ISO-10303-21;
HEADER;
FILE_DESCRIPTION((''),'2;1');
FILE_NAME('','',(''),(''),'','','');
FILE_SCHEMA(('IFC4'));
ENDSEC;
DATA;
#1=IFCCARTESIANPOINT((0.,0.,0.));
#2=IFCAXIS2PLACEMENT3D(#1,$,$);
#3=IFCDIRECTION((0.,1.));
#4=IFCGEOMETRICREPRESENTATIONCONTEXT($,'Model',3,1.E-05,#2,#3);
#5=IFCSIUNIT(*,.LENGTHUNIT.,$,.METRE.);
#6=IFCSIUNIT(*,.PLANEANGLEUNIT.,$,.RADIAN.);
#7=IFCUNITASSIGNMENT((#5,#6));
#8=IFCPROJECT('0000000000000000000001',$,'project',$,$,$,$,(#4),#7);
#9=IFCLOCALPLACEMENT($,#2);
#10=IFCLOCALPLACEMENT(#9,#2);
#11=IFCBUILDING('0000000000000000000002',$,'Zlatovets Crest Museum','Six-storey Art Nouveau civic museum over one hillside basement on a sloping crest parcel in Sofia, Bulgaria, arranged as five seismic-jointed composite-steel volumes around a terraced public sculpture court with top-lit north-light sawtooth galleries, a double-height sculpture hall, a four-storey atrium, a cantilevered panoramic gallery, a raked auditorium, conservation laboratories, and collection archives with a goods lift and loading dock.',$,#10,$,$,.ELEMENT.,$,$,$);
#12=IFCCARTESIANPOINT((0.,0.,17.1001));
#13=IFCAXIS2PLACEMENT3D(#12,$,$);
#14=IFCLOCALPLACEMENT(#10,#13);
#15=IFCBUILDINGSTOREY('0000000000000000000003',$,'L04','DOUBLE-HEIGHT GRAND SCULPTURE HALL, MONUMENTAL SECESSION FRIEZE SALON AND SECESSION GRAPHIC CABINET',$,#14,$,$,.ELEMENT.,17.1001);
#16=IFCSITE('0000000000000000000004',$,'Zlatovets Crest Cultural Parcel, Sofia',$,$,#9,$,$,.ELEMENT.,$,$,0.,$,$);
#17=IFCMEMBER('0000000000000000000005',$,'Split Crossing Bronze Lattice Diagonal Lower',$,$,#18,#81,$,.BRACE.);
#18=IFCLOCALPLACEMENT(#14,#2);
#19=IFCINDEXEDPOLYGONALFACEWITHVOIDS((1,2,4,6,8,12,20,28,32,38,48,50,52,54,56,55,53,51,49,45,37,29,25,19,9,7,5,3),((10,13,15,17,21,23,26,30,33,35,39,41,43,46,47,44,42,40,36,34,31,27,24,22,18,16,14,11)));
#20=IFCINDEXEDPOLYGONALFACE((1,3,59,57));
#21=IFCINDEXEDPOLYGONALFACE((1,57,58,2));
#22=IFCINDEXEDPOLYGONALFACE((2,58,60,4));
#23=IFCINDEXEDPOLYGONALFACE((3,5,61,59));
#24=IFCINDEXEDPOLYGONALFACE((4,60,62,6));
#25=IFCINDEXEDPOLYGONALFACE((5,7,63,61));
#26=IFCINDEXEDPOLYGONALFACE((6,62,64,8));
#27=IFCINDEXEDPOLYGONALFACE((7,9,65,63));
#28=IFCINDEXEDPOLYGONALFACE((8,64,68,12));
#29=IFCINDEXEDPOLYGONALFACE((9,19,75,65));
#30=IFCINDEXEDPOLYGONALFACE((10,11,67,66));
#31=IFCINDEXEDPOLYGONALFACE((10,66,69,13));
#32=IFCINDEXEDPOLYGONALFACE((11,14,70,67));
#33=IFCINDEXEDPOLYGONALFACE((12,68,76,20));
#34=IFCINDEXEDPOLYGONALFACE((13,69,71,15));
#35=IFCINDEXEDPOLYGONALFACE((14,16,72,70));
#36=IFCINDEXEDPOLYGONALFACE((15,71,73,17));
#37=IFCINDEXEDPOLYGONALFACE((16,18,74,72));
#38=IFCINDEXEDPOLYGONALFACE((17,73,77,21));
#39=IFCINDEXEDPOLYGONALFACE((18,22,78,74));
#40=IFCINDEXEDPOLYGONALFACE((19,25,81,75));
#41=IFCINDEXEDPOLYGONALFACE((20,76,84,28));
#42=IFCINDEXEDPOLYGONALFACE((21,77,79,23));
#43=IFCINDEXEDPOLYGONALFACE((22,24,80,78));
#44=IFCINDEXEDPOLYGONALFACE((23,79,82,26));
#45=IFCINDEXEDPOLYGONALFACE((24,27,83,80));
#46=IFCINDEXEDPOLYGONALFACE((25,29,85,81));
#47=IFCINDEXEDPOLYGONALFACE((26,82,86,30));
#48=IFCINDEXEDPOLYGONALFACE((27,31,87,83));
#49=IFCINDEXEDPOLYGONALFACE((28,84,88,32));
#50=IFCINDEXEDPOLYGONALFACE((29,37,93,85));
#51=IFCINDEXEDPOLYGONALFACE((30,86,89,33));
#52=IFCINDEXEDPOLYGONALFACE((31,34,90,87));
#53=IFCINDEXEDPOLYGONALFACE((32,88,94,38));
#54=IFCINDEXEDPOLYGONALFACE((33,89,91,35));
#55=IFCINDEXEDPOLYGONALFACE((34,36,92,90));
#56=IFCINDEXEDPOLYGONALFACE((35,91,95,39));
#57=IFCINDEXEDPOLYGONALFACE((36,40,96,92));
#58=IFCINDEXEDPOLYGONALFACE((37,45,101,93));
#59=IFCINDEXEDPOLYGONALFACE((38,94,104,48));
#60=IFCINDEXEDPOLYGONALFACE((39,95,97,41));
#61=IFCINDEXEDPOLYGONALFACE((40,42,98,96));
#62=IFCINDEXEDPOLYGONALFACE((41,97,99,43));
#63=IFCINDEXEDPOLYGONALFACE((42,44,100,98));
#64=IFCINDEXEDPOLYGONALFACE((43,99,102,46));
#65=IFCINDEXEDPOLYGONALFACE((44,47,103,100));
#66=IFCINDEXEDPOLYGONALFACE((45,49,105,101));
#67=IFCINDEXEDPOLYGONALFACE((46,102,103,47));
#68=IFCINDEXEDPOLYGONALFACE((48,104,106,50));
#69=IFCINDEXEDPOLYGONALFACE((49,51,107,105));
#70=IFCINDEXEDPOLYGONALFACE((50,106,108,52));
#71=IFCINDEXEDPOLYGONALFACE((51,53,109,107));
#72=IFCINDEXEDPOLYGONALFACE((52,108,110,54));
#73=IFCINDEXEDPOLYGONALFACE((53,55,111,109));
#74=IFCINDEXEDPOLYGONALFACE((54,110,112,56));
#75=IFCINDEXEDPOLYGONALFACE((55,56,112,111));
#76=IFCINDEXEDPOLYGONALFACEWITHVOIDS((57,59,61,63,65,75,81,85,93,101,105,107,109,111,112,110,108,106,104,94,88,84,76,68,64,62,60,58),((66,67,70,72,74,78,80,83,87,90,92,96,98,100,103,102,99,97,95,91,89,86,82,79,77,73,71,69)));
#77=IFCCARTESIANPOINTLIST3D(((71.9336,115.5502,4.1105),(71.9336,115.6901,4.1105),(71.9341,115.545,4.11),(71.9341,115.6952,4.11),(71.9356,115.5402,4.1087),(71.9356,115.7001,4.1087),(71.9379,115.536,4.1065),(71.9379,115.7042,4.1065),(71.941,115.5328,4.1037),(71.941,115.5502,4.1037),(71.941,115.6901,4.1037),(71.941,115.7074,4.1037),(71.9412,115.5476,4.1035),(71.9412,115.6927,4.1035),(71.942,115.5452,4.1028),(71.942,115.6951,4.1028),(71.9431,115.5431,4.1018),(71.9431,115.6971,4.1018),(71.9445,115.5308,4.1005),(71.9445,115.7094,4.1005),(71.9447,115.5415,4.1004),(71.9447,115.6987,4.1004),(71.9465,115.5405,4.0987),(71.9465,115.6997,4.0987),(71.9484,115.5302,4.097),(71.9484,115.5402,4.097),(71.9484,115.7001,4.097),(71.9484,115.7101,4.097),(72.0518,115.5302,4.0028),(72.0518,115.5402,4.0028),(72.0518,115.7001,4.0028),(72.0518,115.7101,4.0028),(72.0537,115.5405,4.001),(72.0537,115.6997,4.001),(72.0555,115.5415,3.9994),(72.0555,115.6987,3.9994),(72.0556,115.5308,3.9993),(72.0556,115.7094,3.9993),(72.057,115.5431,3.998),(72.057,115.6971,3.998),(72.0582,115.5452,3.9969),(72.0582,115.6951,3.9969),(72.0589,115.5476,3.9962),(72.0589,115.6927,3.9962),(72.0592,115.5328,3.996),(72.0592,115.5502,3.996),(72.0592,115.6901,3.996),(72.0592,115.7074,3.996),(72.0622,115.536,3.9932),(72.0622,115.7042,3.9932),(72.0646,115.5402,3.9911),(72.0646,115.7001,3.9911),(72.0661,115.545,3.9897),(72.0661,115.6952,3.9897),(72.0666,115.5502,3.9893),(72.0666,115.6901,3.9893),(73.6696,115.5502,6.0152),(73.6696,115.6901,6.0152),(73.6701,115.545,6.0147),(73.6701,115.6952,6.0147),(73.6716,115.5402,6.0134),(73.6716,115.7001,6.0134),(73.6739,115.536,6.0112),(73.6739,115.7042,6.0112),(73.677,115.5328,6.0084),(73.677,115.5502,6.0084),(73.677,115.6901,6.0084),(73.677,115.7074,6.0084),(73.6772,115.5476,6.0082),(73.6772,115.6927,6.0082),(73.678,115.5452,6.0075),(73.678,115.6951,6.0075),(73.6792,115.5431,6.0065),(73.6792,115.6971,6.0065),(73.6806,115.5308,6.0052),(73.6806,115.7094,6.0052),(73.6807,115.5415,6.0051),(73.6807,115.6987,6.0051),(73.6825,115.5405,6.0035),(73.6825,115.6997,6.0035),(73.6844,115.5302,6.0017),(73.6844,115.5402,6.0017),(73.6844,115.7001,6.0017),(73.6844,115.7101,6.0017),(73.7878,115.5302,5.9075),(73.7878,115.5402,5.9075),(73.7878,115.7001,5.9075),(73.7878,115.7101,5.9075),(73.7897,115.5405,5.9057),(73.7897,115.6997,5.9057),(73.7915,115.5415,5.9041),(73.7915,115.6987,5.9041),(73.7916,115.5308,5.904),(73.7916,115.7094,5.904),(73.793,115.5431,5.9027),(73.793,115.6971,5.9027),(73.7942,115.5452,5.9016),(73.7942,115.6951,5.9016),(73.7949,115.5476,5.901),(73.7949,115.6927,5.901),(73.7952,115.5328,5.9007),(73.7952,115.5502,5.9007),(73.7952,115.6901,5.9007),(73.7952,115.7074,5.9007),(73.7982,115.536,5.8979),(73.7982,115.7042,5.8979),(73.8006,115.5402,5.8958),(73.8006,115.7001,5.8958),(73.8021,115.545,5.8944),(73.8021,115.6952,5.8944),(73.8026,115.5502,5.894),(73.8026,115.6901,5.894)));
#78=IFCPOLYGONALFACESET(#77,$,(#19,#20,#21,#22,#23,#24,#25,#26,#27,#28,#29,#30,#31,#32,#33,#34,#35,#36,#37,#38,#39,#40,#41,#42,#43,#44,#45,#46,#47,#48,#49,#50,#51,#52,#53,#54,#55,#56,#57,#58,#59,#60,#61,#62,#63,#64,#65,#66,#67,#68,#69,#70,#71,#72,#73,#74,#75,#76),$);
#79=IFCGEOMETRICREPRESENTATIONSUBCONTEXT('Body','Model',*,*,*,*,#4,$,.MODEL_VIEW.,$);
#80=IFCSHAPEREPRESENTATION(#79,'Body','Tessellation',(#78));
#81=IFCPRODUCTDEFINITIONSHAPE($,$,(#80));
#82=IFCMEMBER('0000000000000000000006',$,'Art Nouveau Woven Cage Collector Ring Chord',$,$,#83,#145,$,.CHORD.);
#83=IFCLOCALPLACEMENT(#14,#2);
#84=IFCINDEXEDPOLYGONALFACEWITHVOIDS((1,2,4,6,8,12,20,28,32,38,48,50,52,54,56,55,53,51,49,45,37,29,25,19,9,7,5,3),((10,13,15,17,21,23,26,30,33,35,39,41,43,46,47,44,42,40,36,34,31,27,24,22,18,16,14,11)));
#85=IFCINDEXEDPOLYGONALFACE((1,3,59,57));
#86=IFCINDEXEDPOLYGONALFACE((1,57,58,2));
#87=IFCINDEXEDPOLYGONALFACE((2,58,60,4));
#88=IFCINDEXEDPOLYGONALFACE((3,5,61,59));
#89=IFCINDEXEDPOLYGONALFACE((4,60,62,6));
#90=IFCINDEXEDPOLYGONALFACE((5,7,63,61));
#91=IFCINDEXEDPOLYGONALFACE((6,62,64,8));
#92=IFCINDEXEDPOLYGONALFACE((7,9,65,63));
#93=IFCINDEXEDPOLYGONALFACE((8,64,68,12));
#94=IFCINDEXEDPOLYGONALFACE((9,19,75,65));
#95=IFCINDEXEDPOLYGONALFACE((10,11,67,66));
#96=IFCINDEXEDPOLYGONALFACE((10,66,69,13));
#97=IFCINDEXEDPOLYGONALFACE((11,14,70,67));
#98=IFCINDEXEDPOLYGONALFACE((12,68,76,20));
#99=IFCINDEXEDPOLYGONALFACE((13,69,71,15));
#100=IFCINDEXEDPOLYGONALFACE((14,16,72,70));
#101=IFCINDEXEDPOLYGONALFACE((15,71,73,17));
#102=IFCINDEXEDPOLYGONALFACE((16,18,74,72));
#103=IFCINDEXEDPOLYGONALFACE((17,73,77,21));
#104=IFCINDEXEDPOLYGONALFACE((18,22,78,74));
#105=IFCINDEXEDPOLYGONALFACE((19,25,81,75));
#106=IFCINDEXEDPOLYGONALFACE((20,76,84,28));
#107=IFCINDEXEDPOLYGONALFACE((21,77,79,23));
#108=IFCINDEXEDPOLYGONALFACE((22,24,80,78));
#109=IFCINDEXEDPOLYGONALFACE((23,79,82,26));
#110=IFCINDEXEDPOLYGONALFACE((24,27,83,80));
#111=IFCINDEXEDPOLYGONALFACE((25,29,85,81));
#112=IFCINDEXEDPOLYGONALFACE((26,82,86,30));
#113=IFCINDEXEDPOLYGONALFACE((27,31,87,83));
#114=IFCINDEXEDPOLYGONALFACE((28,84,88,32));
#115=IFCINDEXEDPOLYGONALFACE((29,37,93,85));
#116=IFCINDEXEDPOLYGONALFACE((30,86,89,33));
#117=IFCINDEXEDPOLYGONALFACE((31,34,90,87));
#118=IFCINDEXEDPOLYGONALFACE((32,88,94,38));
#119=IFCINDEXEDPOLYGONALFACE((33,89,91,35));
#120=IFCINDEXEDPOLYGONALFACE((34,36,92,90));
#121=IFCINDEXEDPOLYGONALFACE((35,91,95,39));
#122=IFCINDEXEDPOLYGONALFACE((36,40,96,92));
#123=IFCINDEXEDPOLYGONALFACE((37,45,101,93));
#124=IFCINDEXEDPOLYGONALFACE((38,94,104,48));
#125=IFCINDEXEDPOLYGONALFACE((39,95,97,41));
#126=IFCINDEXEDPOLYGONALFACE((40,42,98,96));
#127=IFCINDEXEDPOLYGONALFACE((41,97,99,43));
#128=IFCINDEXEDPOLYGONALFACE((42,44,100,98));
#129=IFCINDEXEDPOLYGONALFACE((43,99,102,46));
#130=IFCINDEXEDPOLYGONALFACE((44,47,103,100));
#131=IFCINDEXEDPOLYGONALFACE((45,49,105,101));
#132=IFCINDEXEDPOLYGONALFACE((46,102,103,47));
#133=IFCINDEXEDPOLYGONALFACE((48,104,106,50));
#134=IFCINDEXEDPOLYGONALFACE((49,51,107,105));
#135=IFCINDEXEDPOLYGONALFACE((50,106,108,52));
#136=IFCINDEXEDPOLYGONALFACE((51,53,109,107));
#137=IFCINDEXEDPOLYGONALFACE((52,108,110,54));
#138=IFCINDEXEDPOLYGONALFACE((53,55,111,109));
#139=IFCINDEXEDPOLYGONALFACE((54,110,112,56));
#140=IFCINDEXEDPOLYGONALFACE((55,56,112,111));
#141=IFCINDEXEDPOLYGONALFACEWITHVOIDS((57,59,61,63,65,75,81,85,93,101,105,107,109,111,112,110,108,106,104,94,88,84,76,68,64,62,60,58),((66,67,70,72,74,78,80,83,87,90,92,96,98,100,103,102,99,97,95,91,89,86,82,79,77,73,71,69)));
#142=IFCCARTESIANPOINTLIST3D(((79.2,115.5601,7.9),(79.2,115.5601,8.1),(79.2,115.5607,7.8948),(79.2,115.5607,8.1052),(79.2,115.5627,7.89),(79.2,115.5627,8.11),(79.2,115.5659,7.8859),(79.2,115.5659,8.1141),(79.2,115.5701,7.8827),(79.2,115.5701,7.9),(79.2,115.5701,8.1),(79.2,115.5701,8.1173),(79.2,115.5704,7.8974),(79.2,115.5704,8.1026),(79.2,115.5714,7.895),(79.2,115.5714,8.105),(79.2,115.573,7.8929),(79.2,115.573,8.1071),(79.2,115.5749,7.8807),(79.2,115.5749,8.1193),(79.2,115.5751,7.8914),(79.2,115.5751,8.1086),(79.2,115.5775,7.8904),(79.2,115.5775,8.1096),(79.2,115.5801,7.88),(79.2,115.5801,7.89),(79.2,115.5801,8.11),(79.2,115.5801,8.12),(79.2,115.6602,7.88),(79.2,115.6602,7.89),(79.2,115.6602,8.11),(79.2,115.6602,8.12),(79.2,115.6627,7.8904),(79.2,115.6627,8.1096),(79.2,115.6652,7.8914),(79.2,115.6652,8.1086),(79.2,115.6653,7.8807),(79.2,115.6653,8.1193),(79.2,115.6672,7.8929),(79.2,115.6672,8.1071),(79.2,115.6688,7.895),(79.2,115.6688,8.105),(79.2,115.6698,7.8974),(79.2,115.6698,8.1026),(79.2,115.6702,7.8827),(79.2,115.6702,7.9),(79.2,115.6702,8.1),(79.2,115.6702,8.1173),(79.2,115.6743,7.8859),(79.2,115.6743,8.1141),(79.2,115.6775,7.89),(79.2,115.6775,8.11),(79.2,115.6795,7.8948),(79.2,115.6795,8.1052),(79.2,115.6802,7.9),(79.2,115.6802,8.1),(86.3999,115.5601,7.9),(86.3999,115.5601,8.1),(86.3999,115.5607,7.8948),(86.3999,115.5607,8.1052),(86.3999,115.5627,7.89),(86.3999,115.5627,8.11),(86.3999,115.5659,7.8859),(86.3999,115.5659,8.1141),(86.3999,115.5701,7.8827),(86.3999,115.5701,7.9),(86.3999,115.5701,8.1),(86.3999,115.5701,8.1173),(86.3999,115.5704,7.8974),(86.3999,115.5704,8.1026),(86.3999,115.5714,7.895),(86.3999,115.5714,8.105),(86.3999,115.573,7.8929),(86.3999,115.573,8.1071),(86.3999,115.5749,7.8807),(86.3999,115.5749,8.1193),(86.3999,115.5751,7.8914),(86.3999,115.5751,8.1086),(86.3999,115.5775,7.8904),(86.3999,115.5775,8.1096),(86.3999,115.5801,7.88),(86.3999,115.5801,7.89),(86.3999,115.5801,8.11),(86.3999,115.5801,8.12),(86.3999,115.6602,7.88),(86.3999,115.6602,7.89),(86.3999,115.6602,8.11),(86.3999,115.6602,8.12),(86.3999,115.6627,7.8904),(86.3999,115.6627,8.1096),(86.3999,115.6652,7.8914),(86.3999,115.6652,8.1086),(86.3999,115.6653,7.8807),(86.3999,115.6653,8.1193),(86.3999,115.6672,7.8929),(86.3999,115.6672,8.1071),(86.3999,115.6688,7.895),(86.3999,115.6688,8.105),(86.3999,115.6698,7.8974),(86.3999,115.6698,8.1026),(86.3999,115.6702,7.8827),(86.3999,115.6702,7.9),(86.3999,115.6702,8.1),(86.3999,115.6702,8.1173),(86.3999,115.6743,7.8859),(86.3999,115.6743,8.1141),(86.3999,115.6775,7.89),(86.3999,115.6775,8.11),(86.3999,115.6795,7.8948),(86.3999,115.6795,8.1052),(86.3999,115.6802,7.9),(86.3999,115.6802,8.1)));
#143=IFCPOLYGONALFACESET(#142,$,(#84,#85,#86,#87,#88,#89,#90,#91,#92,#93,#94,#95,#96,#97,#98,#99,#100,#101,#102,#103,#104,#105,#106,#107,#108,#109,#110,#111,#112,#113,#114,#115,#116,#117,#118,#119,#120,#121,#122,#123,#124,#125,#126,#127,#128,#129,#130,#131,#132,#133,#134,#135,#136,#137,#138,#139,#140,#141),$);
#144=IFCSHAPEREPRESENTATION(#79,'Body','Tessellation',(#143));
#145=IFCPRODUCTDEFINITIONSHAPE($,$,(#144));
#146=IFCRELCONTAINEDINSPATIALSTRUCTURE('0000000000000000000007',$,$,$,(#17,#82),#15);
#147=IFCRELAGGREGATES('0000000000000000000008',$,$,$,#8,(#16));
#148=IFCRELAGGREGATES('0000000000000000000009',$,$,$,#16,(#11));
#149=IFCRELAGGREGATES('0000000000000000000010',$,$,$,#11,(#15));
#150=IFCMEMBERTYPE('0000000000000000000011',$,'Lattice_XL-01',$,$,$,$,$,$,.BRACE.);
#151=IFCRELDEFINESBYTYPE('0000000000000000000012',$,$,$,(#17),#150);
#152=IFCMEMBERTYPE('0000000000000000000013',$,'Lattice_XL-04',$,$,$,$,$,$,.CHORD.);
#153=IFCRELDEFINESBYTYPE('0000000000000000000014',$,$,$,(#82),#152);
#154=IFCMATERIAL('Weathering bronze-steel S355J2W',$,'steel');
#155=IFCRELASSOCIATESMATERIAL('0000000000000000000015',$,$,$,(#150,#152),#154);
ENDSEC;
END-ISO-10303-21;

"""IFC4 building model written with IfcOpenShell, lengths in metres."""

from ifc_helpers import new_model, si_unit, direction, frame, origin, origin_2d, place, context, subcontext, project, spatial, hollow_rectangle, extrude, material, material_profile, profile_set, type_object, element, save


model = new_model("IFC4")

# Units and contexts
model_context = context("Model", 3, precision=1e-05, world=origin(), true_north=direction((0.0, 1.0)))
body_context = subcontext(model_context, "Body", "Model", "MODEL_VIEW")
ifc_project = project(units=[si_unit("LENGTHUNIT", "METRE"), si_unit("PLANEANGLEUNIT", "RADIAN")], contexts=[model_context])

# Site, building, storey
site_placement = place(None, origin())
site = spatial("IfcSite", under=ifc_project, at=site_placement, Name="Zlatovets Crest Cultural Parcel, Sofia", CompositionType="ELEMENT", RefElevation=0.0)
building_placement = place(site_placement, origin())
building = spatial("IfcBuilding", under=site, at=building_placement, Name="Zlatovets Crest Museum", Description="Six-storey Art Nouveau civic museum over one hillside basement on a sloping crest parcel in Sofia, Bulgaria, arranged as five seismic-jointed composite-steel volumes around a terraced public sculpture court with top-lit north-light sawtooth galleries, a double-height sculpture hall, a four-storey atrium, a cantilevered panoramic gallery, a raked auditorium, conservation laboratories, and collection archives with a goods lift and loading dock.", CompositionType="ELEMENT")
storey_placement = place(building_placement, frame((0.0, 0.0, 17.1001)))
storey = spatial("IfcBuildingStorey", under=building, at=storey_placement, Name="L04", Description="DOUBLE-HEIGHT GRAND SCULPTURE HALL, MONUMENTAL SECESSION FRIEZE SALON AND SECESSION GRAPHIC CABINET", CompositionType="ELEMENT", Elevation=17.1001)

# Members
ifc_material_1 = material(Name="Weathering bronze-steel S355J2W", Category="steel")
ifc_material_profile_1 = material_profile(ifc_material_1, hollow_rectangle(XDim=0.1799, YDim=0.1799, WallThickness=0.01, InnerFilletRadius=0.01, OuterFilletRadius=0.02, at=origin_2d()), Name="SHS 180x180x10.0")
ifc_profile_set_1 = profile_set([ifc_material_profile_1], Name="Weathering bronze-steel S355J2W")
member_type_1 = type_object("IfcMemberType", Name="Lattice_XL-01", PredefinedType="BRACE", material=ifc_profile_set_1)
for number, where, z_axis, x_axis, name in (
    (1, (73.7361, 115.6201, 5.9546), (-0.67362, 0.0, -0.739078), (0.0, -1.0, 0.0), "Split Crossing Bronze Lattice Diagonal Lower"),
):
    element("IfcMember", number, at=place(storey_placement, frame(where, z_axis=z_axis, x_axis=x_axis)), inside=storey, type_object=member_type_1, Name=name, PredefinedType="BRACE", context=body_context, shape_type="SweptSolid", body=[
        extrude(hollow_rectangle(XDim=0.1799, YDim=0.1799, WallThickness=0.01, InnerFilletRadius=0.01, OuterFilletRadius=0.02, at=origin_2d()), origin(), (0.0, 0.0, 1.0), 2.5771),
    ])
ifc_material_profile_2 = material_profile(ifc_material_1, hollow_rectangle(XDim=0.1201, YDim=0.24, WallThickness=0.01, InnerFilletRadius=0.01, OuterFilletRadius=0.02, at=origin_2d()), Name="RHS 120x240x10.0")
ifc_profile_set_2 = profile_set([ifc_material_profile_2], Name="Weathering bronze-steel S355J2W")
member_type_2 = type_object("IfcMemberType", Name="Lattice_XL-04", PredefinedType="CHORD", material=ifc_profile_set_2)
for number, where, z_axis, x_axis, name in (
    (2, (86.3999, 115.6201, 8.0), (-1.0, 0.0, 0.0), (0.0, -1.0, 0.0), "Art Nouveau Woven Cage Collector Ring Chord"),
):
    element("IfcMember", number, at=place(storey_placement, frame(where, z_axis=z_axis, x_axis=x_axis)), inside=storey, type_object=member_type_2, Name=name, PredefinedType="CHORD", context=body_context, shape_type="SweptSolid", body=[
        extrude(hollow_rectangle(XDim=0.1201, YDim=0.24, WallThickness=0.01, InnerFilletRadius=0.01, OuterFilletRadius=0.02, at=origin_2d()), origin(), (0.0, 0.0, 1.0), 7.2),
    ])

save(model, "model.ifc")
